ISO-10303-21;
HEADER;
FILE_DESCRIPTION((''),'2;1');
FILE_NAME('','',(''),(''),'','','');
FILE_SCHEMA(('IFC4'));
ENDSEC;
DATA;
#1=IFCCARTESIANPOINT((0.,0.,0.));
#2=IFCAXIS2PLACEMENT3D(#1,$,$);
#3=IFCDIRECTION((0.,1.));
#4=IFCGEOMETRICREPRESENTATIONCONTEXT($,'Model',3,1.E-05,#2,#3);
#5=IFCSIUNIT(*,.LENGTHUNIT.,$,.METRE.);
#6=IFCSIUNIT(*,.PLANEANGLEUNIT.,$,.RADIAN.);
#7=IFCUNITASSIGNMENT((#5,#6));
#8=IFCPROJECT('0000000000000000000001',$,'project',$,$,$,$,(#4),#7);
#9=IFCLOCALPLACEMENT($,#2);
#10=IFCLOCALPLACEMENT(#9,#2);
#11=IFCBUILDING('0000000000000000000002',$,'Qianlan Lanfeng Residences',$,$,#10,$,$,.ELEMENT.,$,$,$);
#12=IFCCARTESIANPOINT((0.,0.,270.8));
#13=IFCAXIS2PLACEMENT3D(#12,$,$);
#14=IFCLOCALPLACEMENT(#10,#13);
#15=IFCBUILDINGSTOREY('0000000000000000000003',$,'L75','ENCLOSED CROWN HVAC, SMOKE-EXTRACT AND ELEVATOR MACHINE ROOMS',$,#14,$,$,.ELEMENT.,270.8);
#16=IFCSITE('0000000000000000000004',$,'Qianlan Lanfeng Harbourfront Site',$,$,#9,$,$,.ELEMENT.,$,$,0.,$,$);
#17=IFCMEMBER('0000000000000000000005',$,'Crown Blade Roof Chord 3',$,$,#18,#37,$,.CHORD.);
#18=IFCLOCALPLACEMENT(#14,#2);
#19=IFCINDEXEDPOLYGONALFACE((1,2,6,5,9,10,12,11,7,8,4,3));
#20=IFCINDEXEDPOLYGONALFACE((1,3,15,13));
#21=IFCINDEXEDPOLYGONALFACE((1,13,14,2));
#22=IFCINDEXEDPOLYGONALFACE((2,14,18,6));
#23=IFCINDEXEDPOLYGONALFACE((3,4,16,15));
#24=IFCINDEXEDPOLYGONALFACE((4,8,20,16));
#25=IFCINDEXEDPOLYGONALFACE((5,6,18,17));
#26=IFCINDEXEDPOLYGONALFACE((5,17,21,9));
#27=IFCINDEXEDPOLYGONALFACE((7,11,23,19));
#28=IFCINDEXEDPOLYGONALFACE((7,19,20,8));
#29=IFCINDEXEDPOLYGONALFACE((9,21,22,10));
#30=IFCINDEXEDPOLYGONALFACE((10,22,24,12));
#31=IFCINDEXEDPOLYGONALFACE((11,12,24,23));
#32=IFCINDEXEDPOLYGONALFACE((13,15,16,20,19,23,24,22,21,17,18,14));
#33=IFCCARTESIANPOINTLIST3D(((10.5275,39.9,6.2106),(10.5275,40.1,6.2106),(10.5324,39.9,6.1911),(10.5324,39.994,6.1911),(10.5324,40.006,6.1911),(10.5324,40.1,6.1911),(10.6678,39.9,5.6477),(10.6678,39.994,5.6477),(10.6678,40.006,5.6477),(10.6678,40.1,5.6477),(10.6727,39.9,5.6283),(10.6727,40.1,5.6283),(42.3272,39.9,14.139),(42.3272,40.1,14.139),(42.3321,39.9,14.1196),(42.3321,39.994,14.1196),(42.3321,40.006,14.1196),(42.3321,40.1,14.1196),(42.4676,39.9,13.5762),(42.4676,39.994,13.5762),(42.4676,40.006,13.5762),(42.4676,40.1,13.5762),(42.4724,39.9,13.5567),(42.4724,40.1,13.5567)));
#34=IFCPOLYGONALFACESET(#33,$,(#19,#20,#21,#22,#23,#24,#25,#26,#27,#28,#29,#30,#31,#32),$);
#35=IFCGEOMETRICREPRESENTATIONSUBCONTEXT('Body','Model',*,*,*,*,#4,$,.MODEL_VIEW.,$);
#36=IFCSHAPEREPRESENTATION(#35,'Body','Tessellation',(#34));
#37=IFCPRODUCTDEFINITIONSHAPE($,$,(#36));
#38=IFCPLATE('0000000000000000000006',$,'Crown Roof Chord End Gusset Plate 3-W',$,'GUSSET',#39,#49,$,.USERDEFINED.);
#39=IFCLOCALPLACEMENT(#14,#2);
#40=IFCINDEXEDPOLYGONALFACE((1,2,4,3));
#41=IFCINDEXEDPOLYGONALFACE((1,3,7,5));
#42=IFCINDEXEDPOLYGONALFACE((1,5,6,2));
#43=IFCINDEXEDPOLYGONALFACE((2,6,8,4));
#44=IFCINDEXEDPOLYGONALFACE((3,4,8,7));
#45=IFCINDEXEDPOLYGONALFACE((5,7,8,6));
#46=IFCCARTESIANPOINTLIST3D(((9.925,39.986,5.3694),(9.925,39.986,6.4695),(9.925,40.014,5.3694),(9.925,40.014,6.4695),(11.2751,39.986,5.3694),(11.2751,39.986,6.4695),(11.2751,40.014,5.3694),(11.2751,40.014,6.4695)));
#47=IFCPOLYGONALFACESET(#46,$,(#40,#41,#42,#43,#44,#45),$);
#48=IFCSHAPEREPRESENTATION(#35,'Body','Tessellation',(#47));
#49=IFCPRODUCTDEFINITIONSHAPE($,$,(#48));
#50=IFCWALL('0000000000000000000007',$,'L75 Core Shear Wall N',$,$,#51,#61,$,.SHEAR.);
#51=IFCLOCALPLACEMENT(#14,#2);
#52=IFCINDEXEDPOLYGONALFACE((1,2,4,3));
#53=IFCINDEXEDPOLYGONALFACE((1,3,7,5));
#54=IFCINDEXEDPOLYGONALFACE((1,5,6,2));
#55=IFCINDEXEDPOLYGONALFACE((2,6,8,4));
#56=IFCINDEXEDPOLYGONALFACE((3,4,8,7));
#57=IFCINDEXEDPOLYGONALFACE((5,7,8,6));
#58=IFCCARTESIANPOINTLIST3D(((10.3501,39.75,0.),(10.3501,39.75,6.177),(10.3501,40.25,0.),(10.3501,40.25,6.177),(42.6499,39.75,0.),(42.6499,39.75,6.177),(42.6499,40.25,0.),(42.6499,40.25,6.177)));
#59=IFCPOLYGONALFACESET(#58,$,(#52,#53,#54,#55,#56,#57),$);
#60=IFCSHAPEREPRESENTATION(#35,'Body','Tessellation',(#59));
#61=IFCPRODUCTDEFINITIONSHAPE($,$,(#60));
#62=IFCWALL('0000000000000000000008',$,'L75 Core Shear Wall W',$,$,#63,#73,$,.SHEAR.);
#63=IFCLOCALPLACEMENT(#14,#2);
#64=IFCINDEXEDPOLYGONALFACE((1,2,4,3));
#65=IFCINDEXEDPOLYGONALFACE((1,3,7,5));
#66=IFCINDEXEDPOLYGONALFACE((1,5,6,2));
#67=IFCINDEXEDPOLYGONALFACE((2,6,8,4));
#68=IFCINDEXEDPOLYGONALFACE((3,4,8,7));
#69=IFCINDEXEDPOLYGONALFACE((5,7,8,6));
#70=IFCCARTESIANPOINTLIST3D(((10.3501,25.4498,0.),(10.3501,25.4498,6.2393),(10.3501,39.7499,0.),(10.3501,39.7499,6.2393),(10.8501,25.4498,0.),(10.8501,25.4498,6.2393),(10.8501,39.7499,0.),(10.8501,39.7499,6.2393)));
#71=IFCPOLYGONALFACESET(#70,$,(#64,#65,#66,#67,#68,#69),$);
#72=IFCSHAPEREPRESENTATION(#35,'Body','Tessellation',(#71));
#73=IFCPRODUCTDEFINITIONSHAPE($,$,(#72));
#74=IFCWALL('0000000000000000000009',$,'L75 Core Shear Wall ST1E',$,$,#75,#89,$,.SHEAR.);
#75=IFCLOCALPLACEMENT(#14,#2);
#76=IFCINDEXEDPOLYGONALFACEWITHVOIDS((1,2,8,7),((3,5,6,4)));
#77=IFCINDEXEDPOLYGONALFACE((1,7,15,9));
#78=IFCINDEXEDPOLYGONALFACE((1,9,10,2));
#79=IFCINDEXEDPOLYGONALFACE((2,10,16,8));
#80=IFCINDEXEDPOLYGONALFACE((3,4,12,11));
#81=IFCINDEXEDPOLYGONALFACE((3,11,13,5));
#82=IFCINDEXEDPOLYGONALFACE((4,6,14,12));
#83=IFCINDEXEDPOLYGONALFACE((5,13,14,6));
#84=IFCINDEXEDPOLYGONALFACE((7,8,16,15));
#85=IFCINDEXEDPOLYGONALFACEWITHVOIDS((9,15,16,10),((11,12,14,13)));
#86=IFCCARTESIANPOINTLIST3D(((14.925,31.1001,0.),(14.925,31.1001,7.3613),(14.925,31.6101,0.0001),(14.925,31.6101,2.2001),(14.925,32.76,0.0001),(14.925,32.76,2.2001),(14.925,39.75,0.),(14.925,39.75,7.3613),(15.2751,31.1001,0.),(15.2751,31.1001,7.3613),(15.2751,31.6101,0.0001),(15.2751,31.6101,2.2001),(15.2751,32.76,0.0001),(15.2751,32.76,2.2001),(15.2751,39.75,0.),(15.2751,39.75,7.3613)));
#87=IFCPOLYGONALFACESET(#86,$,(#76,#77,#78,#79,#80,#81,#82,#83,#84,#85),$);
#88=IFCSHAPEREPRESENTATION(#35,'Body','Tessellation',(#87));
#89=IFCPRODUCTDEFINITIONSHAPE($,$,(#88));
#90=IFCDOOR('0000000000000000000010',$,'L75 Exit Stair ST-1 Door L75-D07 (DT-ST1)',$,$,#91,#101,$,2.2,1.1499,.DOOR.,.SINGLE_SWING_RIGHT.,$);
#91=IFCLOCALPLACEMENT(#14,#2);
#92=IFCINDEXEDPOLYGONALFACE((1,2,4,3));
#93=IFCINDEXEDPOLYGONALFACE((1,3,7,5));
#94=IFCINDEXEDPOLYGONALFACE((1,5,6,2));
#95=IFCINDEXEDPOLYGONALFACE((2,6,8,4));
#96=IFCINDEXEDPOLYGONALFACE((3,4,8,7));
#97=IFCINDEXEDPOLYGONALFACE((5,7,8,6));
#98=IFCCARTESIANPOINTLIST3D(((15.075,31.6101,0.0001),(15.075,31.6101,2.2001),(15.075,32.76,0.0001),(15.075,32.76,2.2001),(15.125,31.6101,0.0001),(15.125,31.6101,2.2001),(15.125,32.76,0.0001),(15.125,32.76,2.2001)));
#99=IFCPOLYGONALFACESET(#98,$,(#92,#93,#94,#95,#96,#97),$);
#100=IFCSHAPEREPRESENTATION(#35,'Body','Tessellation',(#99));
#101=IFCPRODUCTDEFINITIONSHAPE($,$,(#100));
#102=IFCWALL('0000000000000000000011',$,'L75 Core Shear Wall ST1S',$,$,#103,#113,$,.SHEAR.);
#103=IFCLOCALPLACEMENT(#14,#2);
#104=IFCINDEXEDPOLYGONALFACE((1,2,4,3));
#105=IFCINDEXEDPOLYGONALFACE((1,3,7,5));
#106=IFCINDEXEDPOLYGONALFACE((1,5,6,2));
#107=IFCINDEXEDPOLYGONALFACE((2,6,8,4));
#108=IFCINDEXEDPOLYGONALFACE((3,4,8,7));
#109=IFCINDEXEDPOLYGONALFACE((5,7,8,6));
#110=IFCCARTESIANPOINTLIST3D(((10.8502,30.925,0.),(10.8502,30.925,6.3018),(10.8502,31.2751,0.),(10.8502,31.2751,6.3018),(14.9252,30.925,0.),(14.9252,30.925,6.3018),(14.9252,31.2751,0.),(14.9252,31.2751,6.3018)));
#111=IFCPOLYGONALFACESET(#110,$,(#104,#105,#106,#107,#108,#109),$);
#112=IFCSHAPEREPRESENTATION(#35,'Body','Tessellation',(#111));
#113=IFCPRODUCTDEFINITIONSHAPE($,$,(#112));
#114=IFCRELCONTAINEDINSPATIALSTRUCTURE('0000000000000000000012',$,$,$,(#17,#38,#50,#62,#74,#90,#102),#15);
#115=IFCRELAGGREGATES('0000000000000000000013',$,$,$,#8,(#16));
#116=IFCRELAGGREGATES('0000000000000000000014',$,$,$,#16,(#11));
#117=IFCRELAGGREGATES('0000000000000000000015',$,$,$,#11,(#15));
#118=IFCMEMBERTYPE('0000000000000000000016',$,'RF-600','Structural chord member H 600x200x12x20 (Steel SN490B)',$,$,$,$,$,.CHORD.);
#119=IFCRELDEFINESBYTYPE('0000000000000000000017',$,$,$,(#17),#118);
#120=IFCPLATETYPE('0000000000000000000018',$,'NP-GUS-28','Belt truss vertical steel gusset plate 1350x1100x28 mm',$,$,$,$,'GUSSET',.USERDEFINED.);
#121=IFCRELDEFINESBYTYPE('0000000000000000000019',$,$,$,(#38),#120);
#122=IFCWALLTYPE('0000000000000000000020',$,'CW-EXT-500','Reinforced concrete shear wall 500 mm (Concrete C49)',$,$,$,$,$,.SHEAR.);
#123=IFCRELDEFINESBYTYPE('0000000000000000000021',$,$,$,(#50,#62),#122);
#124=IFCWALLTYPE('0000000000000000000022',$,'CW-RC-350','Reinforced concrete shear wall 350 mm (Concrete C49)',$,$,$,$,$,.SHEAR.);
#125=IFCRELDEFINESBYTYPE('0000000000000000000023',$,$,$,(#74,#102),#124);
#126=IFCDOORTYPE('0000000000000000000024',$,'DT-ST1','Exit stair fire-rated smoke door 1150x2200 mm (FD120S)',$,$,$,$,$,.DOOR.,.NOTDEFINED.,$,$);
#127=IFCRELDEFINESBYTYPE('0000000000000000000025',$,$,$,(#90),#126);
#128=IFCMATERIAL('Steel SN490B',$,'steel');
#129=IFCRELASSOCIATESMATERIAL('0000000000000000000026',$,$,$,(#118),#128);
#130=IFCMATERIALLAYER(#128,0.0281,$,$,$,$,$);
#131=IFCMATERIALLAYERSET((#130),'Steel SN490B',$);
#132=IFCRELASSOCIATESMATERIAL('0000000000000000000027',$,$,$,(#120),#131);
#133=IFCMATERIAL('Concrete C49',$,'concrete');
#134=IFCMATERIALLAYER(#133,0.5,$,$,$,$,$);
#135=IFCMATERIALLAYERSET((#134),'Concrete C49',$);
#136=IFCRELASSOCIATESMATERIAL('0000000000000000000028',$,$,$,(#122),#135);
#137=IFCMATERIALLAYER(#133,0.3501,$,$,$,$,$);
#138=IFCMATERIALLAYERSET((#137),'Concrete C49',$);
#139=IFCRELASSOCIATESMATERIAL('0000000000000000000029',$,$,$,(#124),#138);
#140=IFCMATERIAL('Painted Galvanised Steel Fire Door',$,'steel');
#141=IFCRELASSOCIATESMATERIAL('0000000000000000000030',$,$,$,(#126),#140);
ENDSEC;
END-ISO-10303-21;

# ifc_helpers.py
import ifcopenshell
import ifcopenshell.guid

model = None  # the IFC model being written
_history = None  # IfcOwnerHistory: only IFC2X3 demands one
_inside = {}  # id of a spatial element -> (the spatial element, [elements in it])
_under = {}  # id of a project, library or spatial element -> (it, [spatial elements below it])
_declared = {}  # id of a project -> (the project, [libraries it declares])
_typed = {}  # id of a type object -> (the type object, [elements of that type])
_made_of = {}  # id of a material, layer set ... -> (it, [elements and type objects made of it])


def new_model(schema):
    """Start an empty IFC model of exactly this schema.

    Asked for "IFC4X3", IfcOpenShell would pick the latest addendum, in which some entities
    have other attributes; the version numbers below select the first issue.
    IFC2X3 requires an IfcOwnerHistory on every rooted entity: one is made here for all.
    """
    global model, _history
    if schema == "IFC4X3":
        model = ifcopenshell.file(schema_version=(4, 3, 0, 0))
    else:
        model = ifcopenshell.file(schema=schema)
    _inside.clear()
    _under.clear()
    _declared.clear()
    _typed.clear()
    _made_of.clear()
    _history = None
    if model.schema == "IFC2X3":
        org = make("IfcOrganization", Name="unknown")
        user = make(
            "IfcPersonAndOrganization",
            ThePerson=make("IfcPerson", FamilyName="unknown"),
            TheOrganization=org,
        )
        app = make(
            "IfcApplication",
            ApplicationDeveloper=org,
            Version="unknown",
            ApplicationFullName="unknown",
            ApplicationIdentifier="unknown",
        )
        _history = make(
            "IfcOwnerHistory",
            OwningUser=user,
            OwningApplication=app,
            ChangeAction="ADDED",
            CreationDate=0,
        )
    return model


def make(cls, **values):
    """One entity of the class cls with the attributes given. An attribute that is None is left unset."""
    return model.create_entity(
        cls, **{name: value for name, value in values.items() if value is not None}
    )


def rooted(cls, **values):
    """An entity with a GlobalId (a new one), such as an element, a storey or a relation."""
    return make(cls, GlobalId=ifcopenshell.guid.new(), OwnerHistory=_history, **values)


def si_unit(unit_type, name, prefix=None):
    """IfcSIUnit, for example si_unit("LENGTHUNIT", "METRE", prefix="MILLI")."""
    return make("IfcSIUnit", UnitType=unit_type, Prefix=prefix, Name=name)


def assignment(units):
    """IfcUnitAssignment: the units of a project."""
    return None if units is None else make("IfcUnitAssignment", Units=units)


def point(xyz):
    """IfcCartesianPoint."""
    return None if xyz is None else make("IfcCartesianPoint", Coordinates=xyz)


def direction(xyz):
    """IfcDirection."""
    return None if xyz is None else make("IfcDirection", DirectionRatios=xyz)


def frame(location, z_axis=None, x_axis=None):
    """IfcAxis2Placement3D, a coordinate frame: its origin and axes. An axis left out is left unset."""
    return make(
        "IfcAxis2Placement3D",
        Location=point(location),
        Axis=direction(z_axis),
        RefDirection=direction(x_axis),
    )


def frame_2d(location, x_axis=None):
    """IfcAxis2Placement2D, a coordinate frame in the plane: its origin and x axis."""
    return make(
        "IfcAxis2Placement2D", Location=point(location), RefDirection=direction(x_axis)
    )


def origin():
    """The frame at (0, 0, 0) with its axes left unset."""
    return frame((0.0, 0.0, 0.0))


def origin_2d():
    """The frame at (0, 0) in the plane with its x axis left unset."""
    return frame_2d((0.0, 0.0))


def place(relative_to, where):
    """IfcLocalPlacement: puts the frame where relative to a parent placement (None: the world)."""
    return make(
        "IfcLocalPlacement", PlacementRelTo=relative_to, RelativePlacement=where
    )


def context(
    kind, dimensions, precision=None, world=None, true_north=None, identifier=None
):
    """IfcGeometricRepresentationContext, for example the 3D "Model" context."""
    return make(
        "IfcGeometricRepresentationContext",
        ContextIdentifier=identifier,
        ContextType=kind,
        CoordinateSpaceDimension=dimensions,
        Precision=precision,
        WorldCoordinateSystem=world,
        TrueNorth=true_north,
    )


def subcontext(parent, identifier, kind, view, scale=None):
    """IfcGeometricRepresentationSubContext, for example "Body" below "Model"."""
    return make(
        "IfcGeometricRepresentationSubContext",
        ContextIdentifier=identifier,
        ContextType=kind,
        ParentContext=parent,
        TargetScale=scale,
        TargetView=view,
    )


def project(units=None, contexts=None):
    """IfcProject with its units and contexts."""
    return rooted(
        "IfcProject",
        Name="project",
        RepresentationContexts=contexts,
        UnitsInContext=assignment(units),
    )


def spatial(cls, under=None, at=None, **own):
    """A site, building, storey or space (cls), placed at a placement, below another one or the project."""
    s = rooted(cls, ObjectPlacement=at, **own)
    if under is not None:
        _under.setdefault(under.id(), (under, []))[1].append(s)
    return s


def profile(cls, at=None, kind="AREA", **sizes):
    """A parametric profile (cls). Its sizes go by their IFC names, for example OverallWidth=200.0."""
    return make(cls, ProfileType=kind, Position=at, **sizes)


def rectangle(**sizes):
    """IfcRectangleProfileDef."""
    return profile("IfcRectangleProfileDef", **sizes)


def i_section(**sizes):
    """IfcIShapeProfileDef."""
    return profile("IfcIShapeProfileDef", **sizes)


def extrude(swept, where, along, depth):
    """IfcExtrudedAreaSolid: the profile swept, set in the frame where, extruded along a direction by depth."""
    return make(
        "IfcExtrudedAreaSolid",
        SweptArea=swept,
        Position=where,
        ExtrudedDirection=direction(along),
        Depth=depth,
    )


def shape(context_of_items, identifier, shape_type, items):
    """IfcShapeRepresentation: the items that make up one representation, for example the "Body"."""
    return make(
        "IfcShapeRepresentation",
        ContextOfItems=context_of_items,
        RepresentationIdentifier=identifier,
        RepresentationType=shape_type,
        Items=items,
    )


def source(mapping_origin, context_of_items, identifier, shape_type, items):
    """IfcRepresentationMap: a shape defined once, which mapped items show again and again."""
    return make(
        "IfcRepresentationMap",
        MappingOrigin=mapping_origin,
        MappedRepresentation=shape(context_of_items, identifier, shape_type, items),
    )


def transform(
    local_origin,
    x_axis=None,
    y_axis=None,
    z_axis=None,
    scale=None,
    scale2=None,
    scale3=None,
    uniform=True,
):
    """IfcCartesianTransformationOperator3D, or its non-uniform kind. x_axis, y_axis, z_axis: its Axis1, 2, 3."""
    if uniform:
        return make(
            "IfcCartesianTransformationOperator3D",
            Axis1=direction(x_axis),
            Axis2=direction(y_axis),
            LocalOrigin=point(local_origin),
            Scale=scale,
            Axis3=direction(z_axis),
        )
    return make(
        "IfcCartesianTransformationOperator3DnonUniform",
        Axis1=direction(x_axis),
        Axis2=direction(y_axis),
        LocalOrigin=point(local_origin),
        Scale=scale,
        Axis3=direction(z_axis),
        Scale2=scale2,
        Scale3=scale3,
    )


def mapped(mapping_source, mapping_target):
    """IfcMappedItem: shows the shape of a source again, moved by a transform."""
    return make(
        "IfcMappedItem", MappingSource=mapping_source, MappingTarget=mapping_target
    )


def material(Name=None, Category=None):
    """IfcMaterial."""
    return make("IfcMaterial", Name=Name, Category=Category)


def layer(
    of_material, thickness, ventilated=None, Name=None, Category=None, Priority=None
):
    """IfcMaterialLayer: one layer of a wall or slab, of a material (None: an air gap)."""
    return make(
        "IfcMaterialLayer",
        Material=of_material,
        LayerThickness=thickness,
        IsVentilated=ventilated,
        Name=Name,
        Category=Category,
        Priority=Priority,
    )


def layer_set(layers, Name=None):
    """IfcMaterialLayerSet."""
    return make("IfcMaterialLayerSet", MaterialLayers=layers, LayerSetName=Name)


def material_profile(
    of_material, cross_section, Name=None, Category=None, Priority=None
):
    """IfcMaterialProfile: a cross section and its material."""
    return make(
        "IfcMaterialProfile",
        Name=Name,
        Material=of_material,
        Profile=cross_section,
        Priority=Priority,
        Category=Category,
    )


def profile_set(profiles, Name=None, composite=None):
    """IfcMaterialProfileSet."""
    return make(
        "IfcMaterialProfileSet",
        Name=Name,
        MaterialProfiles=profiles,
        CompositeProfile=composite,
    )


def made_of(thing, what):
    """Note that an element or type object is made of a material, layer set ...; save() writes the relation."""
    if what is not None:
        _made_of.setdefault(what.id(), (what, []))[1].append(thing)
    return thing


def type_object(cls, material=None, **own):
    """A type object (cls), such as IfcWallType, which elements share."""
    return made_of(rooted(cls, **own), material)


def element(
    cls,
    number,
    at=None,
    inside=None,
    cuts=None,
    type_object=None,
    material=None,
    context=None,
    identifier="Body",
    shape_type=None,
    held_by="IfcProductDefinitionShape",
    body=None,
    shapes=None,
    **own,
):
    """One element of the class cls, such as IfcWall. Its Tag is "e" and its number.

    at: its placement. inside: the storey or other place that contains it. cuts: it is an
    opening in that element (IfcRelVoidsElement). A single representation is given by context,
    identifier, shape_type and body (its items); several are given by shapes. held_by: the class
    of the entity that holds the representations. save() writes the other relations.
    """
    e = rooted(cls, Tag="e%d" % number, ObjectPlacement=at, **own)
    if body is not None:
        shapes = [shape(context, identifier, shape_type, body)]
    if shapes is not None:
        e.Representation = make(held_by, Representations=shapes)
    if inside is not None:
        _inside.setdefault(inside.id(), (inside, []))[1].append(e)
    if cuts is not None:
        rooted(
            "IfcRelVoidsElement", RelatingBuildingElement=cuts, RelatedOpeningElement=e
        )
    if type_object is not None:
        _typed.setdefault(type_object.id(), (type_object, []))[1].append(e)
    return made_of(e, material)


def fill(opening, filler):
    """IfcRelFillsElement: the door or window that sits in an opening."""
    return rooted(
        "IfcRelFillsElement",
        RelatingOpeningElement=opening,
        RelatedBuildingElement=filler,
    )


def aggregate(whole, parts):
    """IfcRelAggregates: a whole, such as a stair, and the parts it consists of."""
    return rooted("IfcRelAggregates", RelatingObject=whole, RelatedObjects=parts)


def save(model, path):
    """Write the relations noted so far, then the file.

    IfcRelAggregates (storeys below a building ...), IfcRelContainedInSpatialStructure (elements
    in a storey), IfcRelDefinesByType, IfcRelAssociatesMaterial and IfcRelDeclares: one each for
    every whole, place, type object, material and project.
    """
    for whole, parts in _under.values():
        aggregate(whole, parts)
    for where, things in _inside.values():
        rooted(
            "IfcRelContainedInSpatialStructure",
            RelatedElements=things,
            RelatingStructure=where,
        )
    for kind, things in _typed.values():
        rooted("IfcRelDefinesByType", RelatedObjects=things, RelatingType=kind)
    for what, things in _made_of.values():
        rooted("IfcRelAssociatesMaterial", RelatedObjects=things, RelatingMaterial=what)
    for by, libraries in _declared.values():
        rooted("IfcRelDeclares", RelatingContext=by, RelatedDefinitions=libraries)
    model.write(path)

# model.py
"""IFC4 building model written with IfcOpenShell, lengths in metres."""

from ifc_helpers import new_model, si_unit, direction, frame, frame_2d, origin, origin_2d, place, context, subcontext, project, spatial, rectangle, i_section, extrude, source, transform, mapped, material, layer, layer_set, material_profile, profile_set, type_object, element, fill, save


model = new_model("IFC4")

# Units and contexts
model_context = context("Model", 3, precision=1e-05, world=origin(), true_north=direction((0.0, 1.0)))
body_context = subcontext(model_context, "Body", "Model", "MODEL_VIEW")
ifc_project = project(units=[si_unit("LENGTHUNIT", "METRE"), si_unit("PLANEANGLEUNIT", "RADIAN")], contexts=[model_context])

# Site, building, storey
site_placement = place(None, origin())
site = spatial("IfcSite", under=ifc_project, at=site_placement, Name="Qianlan Lanfeng Harbourfront Site", CompositionType="ELEMENT", RefElevation=0.0)
building_placement = place(site_placement, origin())
building = spatial("IfcBuilding", under=site, at=building_placement, Name="Qianlan Lanfeng Residences", CompositionType="ELEMENT")
storey_placement = place(building_placement, frame((0.0, 0.0, 270.8)))
storey = spatial("IfcBuildingStorey", under=building, at=storey_placement, Name="L75", Description="ENCLOSED CROWN HVAC, SMOKE-EXTRACT AND ELEVATOR MACHINE ROOMS", CompositionType="ELEMENT", Elevation=270.8)

# Member
ifc_material_1 = material(Name="Steel SN490B", Category="steel")
ifc_material_profile = material_profile(ifc_material_1, i_section(OverallWidth=0.2, OverallDepth=0.6001, WebThickness=0.012, FlangeThickness=0.02, at=origin_2d()), Name="H 600x200x12x20")
ifc_profile_set = profile_set([ifc_material_profile], Name="Steel SN490B")
member_type = type_object("IfcMemberType", Name="RF-600", Description="Structural chord member H 600x200x12x20 (Steel SN490B)", PredefinedType="CHORD", material=ifc_profile_set)
member_placement = place(storey_placement, frame((10.6001, 40.0, 5.9194), z_axis=(0.970297, 0.0, 0.241919), x_axis=(0.0, 1.0, 0.0)))
element("IfcMember", 1, at=member_placement, inside=storey, type_object=member_type, Name="Crown Blade Roof Chord 3", PredefinedType="CHORD", context=body_context, shape_type="SweptSolid", body=[
    extrude(i_section(OverallWidth=0.2, OverallDepth=0.6001, WebThickness=0.012, FlangeThickness=0.02, at=origin_2d()), origin(), (0.0, 0.0, 1.0), 32.7732),
])

# Plate
ifc_layer_1 = layer(ifc_material_1, 0.0281)
ifc_layer_set_1 = layer_set([ifc_layer_1], Name="Steel SN490B")
plate_type = type_object("IfcPlateType", Name="NP-GUS-28", Description="Belt truss vertical steel gusset plate 1350x1100x28 mm", ElementType="GUSSET", PredefinedType="USERDEFINED", material=ifc_layer_set_1)
shared_shape = source(origin(), body_context, "Body", "SweptSolid", [
    extrude(rectangle(XDim=1.3501, YDim=0.0281, at=origin_2d()), origin(), (0.0, 0.0, 1.0), 1.1001),
])
plate_placement = place(storey_placement, frame((10.6001, 40.0, 5.3694), z_axis=(0.0, 0.0, 1.0), x_axis=(1.0, 0.0, 0.0)))
element("IfcPlate", 2, at=plate_placement, inside=storey, type_object=plate_type, Name="Crown Roof Chord End Gusset Plate 3-W", ObjectType="GUSSET", PredefinedType="USERDEFINED", context=body_context, shape_type="MappedRepresentation", body=[
    mapped(shared_shape, transform((0.0, 0.0, 0.0), scale=1.0)),
])

# Walls
ifc_material_2 = material(Name="Concrete C49", Category="concrete")
ifc_layer_2 = layer(ifc_material_2, 0.5)
ifc_layer_set_2 = layer_set([ifc_layer_2], Name="Concrete C49")
wall_type_1 = type_object("IfcWallType", Name="CW-EXT-500", Description="Reinforced concrete shear wall 500 mm (Concrete C49)", PredefinedType="SHEAR", material=ifc_layer_set_2)
wall_1_placement = place(storey_placement, frame((10.3501, 40.0, 0.0), z_axis=(0.0, 0.0, 1.0), x_axis=(1.0, 0.0, 0.0)))
element("IfcWall", 3, at=wall_1_placement, inside=storey, type_object=wall_type_1, Name="L75 Core Shear Wall N", PredefinedType="SHEAR", context=body_context, shape_type="SweptSolid", body=[
    extrude(rectangle(XDim=32.2998, YDim=0.5, at=frame_2d((16.1499, 0.0))), origin(), (0.0, 0.0, 1.0), 6.177),
])
wall_2_placement = place(storey_placement, frame((10.6001, 25.45, 0.0), z_axis=(0.0, 0.0, 1.0), x_axis=(0.0, 1.0, 0.0)))
element("IfcWall", 4, at=wall_2_placement, inside=storey, type_object=wall_type_1, Name="L75 Core Shear Wall W", PredefinedType="SHEAR", context=body_context, shape_type="SweptSolid", body=[
    extrude(rectangle(XDim=14.3, YDim=0.5, at=frame_2d((7.1499, 0.0))), origin(), (0.0, 0.0, 1.0), 6.2393),
])

# Wall, opening, door
ifc_layer_3 = layer(ifc_material_2, 0.3501)
ifc_layer_set_3 = layer_set([ifc_layer_3], Name="Concrete C49")
wall_type_2 = type_object("IfcWallType", Name="CW-RC-350", Description="Reinforced concrete shear wall 350 mm (Concrete C49)", PredefinedType="SHEAR", material=ifc_layer_set_3)
wall_3_placement = place(storey_placement, frame((15.1001, 31.1001, 0.0), z_axis=(0.0, 0.0, 1.0), x_axis=(0.0, 1.0, 0.0)))
wall_3 = element("IfcWall", 5, at=wall_3_placement, inside=storey, type_object=wall_type_2, Name="L75 Core Shear Wall ST1E", PredefinedType="SHEAR", context=body_context, shape_type="SweptSolid", body=[
    extrude(rectangle(XDim=8.6499, YDim=0.3501, at=frame_2d((4.325, 0.0))), origin(), (0.0, 0.0, 1.0), 7.3613),
])
opening_1_placement = place(wall_3_placement, frame((0.51, 0.0, 0.0)))
opening_1 = element("IfcOpeningElement", 6, at=opening_1_placement, cuts=wall_3, PredefinedType="OPENING", context=body_context, shape_type="SweptSolid", body=[
    extrude(rectangle(XDim=1.1499, YDim=2.2, at=frame_2d((0.575, 1.1001))), frame((0.0, 0.1851, 0.0), z_axis=(0.0, -1.0, 0.0), x_axis=(1.0, 0.0, 0.0)), (0.0, 0.0, 1.0), 0.3701),
])
ifc_material_3 = material(Name="Painted Galvanised Steel Fire Door", Category="steel")
door_type_1 = type_object("IfcDoorType", Name="DT-ST1", Description="Exit stair fire-rated smoke door 1150x2200 mm (FD120S)", OperationType="NOTDEFINED", PredefinedType="DOOR", material=ifc_material_3)
door_1_placement = place(opening_1_placement, frame((1.1499, 0.0, 0.0), z_axis=(0.0, 0.0, 1.0), x_axis=(-1.0, 0.0, 0.0)))
door_1 = element("IfcDoor", 7, at=door_1_placement, inside=storey, type_object=door_type_1, Name="L75 Exit Stair ST-1 Door L75-D07 (DT-ST1)", OperationType="SINGLE_SWING_RIGHT", OverallHeight=2.2, OverallWidth=1.1499, PredefinedType="DOOR", context=body_context, shape_type="SweptSolid", body=[
    extrude(rectangle(XDim=1.1499, YDim=2.2, at=frame_2d((0.575, 1.1001))), frame((0.0, 0.0249, 0.0), z_axis=(0.0, -1.0, 0.0), x_axis=(1.0, 0.0, 0.0)), (0.0, 0.0, 1.0), 0.05),
])
fill(opening_1, door_1)

# Wall
wall_4_placement = place(storey_placement, frame((10.8501, 31.1001, 0.0), z_axis=(0.0, 0.0, 1.0), x_axis=(1.0, 0.0, 0.0)))
element("IfcWall", 8, at=wall_4_placement, inside=storey, type_object=wall_type_2, Name="L75 Core Shear Wall ST1S", PredefinedType="SHEAR", context=body_context, shape_type="SweptSolid", body=[
    extrude(rectangle(XDim=4.075, YDim=0.3501, at=frame_2d((2.0376, 0.0))), origin(), (0.0, 0.0, 1.0), 6.3018),
])

save(model, "model.ifc")
